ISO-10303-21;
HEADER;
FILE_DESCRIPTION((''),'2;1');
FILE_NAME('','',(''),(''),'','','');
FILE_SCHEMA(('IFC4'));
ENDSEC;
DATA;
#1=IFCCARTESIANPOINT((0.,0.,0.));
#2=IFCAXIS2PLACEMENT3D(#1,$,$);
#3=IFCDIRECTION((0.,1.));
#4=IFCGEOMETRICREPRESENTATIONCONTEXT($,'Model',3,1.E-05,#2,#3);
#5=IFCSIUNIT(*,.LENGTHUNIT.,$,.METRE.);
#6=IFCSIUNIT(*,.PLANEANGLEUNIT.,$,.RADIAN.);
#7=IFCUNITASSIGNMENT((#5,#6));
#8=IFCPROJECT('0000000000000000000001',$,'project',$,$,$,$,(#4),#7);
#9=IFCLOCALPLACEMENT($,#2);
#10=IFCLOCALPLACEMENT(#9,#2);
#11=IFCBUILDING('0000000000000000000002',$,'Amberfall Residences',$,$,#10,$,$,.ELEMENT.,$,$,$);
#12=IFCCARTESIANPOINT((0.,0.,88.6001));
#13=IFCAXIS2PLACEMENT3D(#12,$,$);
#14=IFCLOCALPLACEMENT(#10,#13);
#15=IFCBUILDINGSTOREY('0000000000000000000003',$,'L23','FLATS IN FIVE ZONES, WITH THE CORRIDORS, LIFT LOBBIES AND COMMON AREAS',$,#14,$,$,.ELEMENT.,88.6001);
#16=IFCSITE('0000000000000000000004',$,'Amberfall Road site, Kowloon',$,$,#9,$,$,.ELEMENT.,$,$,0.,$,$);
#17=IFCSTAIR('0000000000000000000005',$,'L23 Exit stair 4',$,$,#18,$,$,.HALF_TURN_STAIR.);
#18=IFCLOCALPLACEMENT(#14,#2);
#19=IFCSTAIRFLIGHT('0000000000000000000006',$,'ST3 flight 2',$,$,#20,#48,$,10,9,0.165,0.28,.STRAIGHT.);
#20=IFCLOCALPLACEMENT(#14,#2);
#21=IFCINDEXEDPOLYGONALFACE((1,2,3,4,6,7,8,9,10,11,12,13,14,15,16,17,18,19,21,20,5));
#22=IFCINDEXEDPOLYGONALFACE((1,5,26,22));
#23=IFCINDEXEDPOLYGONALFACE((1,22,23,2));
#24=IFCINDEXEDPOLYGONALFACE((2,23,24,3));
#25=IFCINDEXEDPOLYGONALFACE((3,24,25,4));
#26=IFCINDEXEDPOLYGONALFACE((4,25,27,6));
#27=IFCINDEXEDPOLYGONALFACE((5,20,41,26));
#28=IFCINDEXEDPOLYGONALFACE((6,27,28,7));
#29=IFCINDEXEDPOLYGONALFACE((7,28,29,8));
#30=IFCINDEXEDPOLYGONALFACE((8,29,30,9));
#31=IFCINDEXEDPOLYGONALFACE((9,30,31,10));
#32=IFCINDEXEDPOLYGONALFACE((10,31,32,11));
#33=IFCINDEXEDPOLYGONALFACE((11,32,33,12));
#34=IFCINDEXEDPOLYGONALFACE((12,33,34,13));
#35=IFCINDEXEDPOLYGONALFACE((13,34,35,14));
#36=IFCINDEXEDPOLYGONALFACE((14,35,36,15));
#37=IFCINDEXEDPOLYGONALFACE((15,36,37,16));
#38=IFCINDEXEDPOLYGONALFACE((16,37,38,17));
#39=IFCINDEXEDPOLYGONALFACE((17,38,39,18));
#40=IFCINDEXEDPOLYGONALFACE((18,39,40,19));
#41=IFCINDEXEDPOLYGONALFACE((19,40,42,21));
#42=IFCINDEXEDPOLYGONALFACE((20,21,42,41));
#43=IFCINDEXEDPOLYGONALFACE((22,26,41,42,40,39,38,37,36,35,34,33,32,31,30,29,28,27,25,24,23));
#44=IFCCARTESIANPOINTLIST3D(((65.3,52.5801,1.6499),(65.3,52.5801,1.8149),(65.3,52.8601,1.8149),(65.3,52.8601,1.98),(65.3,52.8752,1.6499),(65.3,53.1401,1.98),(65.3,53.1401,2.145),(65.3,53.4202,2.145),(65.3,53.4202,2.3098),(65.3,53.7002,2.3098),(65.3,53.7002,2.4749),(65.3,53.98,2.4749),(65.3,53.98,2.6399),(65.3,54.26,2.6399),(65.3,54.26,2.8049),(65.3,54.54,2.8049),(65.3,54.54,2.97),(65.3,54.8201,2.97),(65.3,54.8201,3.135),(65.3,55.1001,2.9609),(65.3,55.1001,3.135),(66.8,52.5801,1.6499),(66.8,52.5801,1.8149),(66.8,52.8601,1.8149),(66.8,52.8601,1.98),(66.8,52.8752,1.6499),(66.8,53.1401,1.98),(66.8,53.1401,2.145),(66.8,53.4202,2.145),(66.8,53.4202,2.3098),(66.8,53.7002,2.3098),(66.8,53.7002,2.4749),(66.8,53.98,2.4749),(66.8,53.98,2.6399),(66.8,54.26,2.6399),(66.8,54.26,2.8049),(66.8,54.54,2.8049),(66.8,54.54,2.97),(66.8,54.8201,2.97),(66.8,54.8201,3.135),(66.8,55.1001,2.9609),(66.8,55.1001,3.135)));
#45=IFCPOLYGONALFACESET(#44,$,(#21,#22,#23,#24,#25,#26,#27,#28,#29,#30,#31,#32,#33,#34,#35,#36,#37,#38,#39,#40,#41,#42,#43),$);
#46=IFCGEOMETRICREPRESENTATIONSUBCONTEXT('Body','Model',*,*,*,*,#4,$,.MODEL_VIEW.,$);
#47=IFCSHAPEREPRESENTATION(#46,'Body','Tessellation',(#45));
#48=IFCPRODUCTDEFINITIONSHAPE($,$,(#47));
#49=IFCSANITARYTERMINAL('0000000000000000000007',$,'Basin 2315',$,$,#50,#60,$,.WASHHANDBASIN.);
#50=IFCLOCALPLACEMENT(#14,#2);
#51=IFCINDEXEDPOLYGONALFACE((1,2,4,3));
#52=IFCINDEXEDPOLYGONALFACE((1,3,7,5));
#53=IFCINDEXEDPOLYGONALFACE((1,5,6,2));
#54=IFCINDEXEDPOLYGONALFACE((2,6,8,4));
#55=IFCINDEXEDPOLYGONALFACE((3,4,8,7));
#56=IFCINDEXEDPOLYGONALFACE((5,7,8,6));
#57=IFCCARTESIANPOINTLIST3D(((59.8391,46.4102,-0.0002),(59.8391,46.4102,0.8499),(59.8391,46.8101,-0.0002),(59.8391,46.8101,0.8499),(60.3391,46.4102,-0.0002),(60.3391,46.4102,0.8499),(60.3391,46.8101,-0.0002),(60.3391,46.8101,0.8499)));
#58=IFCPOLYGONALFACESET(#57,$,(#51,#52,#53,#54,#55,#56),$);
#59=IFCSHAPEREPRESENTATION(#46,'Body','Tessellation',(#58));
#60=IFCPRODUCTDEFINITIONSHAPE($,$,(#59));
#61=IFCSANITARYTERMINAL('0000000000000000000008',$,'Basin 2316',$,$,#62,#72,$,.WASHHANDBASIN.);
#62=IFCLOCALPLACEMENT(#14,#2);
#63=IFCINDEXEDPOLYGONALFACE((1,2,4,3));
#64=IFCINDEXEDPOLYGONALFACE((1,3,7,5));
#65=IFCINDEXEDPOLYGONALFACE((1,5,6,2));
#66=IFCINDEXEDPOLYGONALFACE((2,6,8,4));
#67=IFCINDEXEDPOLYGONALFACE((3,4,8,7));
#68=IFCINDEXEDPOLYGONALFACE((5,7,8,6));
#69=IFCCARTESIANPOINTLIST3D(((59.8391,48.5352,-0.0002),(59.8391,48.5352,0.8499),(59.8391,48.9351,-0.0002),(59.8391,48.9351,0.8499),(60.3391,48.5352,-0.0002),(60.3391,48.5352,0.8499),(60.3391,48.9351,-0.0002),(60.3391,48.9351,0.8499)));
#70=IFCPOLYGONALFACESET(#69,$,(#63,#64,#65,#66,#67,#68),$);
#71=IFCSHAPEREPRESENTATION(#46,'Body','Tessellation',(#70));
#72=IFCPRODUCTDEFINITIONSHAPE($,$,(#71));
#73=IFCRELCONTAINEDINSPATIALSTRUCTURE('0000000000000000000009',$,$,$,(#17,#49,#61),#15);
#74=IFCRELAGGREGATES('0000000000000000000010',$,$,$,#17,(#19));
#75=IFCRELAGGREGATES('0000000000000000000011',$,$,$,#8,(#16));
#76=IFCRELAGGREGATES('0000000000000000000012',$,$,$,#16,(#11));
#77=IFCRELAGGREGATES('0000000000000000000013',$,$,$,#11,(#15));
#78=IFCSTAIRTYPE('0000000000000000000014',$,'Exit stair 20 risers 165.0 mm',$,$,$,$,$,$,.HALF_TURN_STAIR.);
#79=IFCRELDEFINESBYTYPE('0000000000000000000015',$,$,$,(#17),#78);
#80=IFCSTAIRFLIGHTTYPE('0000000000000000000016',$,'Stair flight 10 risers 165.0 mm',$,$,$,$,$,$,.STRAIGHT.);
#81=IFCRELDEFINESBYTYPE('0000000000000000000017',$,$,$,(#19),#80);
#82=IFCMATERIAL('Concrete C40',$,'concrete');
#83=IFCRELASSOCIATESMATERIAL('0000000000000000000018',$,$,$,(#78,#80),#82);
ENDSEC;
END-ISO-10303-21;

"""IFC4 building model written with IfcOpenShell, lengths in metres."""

from ifc_helpers import new_model, si_unit, direction, frame, origin, origin_2d, place, context, subcontext, project, spatial, polyline, rectangle, outline, extrude, material, type_object, element, aggregate, save


model = new_model("IFC4")

# Units and contexts
model_context = context("Model", 3, precision=1e-05, world=origin(), true_north=direction((0.0, 1.0)))
body_context = subcontext(model_context, "Body", "Model", "MODEL_VIEW")
ifc_project = project(units=[si_unit("LENGTHUNIT", "METRE"), si_unit("PLANEANGLEUNIT", "RADIAN")], contexts=[model_context])

# Site, building, storey
site_placement = place(None, origin())
site = spatial("IfcSite", under=ifc_project, at=site_placement, Name="Amberfall Road site, Kowloon", CompositionType="ELEMENT", RefElevation=0.0)
building_placement = place(site_placement, origin())
building = spatial("IfcBuilding", under=site, at=building_placement, Name="Amberfall Residences", CompositionType="ELEMENT")
storey_placement = place(building_placement, frame((0.0, 0.0, 88.6001)))
storey = spatial("IfcBuildingStorey", under=building, at=storey_placement, Name="L23", Description="FLATS IN FIVE ZONES, WITH THE CORRIDORS, LIFT LOBBIES AND COMMON AREAS", CompositionType="ELEMENT", Elevation=88.6001)

# Stair, stair flight
ifc_material_1 = material(Name="Concrete C40", Category="concrete")
stair_type = type_object("IfcStairType", Name="Exit stair 20 risers 165.0 mm", PredefinedType="HALF_TURN_STAIR", material=ifc_material_1)
stair_placement = place(storey_placement, origin())
stair = element("IfcStair", 1, at=stair_placement, inside=storey, type_object=stair_type, Name="L23 Exit stair 4", PredefinedType="HALF_TURN_STAIR")
stair_flight_type = type_object("IfcStairFlightType", Name="Stair flight 10 risers 165.0 mm", PredefinedType="STRAIGHT", material=ifc_material_1)
stair_flight_placement = place(storey_placement, frame((66.05, 52.5801, 1.6499), z_axis=(0.0, 0.0, 1.0), x_axis=(0.0, 1.0, 0.0)))
stair_flight = element("IfcStairFlight", 2, at=stair_flight_placement, type_object=stair_flight_type, Name="ST3 flight 2", NumberOfRisers=10, NumberOfTreads=9, PredefinedType="STRAIGHT", RiserHeight=0.165, TreadLength=0.28, context=body_context, shape_type="SweptSolid", body=[
    extrude(outline(polyline([(0.0, 0.0), (0.0, 0.165), (0.28, 0.165), (0.28, 0.3301), (0.5601, 0.3301), (0.5601, 0.4951), (0.8401, 0.4951), (0.8401, 0.6599), (1.1201, 0.6599), (1.1201, 0.825), (1.3999, 0.825), (1.3999, 0.99), (1.6799, 0.99), (1.6799, 1.155), (1.96, 1.155), (1.96, 1.3201), (2.24, 1.3201), (2.24, 1.4851), (2.52, 1.4851), (2.52, 1.6499), (2.52, 1.311), (0.2952, 0.0), (0.0, 0.0)])), frame((0.0, 0.75, 0.0), z_axis=(0.0, -1.0, 0.0), x_axis=(1.0, 0.0, 0.0)), (0.0, 0.0, 1.0), 1.5),
])
aggregate(stair, [stair_flight])

# Sanitary terminals
for number, where, z_axis, x_axis, name in (
    (3, (60.0891, 46.6101, -0.0002), (0.0, 0.0, 1.0), (1.0, 0.0, 0.0), "Basin 2315"),
    (4, (60.0891, 48.7351, -0.0002), (0.0, 0.0, 1.0), (1.0, 0.0, 0.0), "Basin 2316"),
):
    element("IfcSanitaryTerminal", number, at=place(storey_placement, frame(where, z_axis=z_axis, x_axis=x_axis)), inside=storey, Name=name, PredefinedType="WASHHANDBASIN", context=body_context, shape_type="SweptSolid", body=[
        extrude(rectangle(XDim=0.5, YDim=0.3999, at=origin_2d()), origin(), (0.0, 0.0, 1.0), 0.8501),
    ])

save(model, "model.ifc")
